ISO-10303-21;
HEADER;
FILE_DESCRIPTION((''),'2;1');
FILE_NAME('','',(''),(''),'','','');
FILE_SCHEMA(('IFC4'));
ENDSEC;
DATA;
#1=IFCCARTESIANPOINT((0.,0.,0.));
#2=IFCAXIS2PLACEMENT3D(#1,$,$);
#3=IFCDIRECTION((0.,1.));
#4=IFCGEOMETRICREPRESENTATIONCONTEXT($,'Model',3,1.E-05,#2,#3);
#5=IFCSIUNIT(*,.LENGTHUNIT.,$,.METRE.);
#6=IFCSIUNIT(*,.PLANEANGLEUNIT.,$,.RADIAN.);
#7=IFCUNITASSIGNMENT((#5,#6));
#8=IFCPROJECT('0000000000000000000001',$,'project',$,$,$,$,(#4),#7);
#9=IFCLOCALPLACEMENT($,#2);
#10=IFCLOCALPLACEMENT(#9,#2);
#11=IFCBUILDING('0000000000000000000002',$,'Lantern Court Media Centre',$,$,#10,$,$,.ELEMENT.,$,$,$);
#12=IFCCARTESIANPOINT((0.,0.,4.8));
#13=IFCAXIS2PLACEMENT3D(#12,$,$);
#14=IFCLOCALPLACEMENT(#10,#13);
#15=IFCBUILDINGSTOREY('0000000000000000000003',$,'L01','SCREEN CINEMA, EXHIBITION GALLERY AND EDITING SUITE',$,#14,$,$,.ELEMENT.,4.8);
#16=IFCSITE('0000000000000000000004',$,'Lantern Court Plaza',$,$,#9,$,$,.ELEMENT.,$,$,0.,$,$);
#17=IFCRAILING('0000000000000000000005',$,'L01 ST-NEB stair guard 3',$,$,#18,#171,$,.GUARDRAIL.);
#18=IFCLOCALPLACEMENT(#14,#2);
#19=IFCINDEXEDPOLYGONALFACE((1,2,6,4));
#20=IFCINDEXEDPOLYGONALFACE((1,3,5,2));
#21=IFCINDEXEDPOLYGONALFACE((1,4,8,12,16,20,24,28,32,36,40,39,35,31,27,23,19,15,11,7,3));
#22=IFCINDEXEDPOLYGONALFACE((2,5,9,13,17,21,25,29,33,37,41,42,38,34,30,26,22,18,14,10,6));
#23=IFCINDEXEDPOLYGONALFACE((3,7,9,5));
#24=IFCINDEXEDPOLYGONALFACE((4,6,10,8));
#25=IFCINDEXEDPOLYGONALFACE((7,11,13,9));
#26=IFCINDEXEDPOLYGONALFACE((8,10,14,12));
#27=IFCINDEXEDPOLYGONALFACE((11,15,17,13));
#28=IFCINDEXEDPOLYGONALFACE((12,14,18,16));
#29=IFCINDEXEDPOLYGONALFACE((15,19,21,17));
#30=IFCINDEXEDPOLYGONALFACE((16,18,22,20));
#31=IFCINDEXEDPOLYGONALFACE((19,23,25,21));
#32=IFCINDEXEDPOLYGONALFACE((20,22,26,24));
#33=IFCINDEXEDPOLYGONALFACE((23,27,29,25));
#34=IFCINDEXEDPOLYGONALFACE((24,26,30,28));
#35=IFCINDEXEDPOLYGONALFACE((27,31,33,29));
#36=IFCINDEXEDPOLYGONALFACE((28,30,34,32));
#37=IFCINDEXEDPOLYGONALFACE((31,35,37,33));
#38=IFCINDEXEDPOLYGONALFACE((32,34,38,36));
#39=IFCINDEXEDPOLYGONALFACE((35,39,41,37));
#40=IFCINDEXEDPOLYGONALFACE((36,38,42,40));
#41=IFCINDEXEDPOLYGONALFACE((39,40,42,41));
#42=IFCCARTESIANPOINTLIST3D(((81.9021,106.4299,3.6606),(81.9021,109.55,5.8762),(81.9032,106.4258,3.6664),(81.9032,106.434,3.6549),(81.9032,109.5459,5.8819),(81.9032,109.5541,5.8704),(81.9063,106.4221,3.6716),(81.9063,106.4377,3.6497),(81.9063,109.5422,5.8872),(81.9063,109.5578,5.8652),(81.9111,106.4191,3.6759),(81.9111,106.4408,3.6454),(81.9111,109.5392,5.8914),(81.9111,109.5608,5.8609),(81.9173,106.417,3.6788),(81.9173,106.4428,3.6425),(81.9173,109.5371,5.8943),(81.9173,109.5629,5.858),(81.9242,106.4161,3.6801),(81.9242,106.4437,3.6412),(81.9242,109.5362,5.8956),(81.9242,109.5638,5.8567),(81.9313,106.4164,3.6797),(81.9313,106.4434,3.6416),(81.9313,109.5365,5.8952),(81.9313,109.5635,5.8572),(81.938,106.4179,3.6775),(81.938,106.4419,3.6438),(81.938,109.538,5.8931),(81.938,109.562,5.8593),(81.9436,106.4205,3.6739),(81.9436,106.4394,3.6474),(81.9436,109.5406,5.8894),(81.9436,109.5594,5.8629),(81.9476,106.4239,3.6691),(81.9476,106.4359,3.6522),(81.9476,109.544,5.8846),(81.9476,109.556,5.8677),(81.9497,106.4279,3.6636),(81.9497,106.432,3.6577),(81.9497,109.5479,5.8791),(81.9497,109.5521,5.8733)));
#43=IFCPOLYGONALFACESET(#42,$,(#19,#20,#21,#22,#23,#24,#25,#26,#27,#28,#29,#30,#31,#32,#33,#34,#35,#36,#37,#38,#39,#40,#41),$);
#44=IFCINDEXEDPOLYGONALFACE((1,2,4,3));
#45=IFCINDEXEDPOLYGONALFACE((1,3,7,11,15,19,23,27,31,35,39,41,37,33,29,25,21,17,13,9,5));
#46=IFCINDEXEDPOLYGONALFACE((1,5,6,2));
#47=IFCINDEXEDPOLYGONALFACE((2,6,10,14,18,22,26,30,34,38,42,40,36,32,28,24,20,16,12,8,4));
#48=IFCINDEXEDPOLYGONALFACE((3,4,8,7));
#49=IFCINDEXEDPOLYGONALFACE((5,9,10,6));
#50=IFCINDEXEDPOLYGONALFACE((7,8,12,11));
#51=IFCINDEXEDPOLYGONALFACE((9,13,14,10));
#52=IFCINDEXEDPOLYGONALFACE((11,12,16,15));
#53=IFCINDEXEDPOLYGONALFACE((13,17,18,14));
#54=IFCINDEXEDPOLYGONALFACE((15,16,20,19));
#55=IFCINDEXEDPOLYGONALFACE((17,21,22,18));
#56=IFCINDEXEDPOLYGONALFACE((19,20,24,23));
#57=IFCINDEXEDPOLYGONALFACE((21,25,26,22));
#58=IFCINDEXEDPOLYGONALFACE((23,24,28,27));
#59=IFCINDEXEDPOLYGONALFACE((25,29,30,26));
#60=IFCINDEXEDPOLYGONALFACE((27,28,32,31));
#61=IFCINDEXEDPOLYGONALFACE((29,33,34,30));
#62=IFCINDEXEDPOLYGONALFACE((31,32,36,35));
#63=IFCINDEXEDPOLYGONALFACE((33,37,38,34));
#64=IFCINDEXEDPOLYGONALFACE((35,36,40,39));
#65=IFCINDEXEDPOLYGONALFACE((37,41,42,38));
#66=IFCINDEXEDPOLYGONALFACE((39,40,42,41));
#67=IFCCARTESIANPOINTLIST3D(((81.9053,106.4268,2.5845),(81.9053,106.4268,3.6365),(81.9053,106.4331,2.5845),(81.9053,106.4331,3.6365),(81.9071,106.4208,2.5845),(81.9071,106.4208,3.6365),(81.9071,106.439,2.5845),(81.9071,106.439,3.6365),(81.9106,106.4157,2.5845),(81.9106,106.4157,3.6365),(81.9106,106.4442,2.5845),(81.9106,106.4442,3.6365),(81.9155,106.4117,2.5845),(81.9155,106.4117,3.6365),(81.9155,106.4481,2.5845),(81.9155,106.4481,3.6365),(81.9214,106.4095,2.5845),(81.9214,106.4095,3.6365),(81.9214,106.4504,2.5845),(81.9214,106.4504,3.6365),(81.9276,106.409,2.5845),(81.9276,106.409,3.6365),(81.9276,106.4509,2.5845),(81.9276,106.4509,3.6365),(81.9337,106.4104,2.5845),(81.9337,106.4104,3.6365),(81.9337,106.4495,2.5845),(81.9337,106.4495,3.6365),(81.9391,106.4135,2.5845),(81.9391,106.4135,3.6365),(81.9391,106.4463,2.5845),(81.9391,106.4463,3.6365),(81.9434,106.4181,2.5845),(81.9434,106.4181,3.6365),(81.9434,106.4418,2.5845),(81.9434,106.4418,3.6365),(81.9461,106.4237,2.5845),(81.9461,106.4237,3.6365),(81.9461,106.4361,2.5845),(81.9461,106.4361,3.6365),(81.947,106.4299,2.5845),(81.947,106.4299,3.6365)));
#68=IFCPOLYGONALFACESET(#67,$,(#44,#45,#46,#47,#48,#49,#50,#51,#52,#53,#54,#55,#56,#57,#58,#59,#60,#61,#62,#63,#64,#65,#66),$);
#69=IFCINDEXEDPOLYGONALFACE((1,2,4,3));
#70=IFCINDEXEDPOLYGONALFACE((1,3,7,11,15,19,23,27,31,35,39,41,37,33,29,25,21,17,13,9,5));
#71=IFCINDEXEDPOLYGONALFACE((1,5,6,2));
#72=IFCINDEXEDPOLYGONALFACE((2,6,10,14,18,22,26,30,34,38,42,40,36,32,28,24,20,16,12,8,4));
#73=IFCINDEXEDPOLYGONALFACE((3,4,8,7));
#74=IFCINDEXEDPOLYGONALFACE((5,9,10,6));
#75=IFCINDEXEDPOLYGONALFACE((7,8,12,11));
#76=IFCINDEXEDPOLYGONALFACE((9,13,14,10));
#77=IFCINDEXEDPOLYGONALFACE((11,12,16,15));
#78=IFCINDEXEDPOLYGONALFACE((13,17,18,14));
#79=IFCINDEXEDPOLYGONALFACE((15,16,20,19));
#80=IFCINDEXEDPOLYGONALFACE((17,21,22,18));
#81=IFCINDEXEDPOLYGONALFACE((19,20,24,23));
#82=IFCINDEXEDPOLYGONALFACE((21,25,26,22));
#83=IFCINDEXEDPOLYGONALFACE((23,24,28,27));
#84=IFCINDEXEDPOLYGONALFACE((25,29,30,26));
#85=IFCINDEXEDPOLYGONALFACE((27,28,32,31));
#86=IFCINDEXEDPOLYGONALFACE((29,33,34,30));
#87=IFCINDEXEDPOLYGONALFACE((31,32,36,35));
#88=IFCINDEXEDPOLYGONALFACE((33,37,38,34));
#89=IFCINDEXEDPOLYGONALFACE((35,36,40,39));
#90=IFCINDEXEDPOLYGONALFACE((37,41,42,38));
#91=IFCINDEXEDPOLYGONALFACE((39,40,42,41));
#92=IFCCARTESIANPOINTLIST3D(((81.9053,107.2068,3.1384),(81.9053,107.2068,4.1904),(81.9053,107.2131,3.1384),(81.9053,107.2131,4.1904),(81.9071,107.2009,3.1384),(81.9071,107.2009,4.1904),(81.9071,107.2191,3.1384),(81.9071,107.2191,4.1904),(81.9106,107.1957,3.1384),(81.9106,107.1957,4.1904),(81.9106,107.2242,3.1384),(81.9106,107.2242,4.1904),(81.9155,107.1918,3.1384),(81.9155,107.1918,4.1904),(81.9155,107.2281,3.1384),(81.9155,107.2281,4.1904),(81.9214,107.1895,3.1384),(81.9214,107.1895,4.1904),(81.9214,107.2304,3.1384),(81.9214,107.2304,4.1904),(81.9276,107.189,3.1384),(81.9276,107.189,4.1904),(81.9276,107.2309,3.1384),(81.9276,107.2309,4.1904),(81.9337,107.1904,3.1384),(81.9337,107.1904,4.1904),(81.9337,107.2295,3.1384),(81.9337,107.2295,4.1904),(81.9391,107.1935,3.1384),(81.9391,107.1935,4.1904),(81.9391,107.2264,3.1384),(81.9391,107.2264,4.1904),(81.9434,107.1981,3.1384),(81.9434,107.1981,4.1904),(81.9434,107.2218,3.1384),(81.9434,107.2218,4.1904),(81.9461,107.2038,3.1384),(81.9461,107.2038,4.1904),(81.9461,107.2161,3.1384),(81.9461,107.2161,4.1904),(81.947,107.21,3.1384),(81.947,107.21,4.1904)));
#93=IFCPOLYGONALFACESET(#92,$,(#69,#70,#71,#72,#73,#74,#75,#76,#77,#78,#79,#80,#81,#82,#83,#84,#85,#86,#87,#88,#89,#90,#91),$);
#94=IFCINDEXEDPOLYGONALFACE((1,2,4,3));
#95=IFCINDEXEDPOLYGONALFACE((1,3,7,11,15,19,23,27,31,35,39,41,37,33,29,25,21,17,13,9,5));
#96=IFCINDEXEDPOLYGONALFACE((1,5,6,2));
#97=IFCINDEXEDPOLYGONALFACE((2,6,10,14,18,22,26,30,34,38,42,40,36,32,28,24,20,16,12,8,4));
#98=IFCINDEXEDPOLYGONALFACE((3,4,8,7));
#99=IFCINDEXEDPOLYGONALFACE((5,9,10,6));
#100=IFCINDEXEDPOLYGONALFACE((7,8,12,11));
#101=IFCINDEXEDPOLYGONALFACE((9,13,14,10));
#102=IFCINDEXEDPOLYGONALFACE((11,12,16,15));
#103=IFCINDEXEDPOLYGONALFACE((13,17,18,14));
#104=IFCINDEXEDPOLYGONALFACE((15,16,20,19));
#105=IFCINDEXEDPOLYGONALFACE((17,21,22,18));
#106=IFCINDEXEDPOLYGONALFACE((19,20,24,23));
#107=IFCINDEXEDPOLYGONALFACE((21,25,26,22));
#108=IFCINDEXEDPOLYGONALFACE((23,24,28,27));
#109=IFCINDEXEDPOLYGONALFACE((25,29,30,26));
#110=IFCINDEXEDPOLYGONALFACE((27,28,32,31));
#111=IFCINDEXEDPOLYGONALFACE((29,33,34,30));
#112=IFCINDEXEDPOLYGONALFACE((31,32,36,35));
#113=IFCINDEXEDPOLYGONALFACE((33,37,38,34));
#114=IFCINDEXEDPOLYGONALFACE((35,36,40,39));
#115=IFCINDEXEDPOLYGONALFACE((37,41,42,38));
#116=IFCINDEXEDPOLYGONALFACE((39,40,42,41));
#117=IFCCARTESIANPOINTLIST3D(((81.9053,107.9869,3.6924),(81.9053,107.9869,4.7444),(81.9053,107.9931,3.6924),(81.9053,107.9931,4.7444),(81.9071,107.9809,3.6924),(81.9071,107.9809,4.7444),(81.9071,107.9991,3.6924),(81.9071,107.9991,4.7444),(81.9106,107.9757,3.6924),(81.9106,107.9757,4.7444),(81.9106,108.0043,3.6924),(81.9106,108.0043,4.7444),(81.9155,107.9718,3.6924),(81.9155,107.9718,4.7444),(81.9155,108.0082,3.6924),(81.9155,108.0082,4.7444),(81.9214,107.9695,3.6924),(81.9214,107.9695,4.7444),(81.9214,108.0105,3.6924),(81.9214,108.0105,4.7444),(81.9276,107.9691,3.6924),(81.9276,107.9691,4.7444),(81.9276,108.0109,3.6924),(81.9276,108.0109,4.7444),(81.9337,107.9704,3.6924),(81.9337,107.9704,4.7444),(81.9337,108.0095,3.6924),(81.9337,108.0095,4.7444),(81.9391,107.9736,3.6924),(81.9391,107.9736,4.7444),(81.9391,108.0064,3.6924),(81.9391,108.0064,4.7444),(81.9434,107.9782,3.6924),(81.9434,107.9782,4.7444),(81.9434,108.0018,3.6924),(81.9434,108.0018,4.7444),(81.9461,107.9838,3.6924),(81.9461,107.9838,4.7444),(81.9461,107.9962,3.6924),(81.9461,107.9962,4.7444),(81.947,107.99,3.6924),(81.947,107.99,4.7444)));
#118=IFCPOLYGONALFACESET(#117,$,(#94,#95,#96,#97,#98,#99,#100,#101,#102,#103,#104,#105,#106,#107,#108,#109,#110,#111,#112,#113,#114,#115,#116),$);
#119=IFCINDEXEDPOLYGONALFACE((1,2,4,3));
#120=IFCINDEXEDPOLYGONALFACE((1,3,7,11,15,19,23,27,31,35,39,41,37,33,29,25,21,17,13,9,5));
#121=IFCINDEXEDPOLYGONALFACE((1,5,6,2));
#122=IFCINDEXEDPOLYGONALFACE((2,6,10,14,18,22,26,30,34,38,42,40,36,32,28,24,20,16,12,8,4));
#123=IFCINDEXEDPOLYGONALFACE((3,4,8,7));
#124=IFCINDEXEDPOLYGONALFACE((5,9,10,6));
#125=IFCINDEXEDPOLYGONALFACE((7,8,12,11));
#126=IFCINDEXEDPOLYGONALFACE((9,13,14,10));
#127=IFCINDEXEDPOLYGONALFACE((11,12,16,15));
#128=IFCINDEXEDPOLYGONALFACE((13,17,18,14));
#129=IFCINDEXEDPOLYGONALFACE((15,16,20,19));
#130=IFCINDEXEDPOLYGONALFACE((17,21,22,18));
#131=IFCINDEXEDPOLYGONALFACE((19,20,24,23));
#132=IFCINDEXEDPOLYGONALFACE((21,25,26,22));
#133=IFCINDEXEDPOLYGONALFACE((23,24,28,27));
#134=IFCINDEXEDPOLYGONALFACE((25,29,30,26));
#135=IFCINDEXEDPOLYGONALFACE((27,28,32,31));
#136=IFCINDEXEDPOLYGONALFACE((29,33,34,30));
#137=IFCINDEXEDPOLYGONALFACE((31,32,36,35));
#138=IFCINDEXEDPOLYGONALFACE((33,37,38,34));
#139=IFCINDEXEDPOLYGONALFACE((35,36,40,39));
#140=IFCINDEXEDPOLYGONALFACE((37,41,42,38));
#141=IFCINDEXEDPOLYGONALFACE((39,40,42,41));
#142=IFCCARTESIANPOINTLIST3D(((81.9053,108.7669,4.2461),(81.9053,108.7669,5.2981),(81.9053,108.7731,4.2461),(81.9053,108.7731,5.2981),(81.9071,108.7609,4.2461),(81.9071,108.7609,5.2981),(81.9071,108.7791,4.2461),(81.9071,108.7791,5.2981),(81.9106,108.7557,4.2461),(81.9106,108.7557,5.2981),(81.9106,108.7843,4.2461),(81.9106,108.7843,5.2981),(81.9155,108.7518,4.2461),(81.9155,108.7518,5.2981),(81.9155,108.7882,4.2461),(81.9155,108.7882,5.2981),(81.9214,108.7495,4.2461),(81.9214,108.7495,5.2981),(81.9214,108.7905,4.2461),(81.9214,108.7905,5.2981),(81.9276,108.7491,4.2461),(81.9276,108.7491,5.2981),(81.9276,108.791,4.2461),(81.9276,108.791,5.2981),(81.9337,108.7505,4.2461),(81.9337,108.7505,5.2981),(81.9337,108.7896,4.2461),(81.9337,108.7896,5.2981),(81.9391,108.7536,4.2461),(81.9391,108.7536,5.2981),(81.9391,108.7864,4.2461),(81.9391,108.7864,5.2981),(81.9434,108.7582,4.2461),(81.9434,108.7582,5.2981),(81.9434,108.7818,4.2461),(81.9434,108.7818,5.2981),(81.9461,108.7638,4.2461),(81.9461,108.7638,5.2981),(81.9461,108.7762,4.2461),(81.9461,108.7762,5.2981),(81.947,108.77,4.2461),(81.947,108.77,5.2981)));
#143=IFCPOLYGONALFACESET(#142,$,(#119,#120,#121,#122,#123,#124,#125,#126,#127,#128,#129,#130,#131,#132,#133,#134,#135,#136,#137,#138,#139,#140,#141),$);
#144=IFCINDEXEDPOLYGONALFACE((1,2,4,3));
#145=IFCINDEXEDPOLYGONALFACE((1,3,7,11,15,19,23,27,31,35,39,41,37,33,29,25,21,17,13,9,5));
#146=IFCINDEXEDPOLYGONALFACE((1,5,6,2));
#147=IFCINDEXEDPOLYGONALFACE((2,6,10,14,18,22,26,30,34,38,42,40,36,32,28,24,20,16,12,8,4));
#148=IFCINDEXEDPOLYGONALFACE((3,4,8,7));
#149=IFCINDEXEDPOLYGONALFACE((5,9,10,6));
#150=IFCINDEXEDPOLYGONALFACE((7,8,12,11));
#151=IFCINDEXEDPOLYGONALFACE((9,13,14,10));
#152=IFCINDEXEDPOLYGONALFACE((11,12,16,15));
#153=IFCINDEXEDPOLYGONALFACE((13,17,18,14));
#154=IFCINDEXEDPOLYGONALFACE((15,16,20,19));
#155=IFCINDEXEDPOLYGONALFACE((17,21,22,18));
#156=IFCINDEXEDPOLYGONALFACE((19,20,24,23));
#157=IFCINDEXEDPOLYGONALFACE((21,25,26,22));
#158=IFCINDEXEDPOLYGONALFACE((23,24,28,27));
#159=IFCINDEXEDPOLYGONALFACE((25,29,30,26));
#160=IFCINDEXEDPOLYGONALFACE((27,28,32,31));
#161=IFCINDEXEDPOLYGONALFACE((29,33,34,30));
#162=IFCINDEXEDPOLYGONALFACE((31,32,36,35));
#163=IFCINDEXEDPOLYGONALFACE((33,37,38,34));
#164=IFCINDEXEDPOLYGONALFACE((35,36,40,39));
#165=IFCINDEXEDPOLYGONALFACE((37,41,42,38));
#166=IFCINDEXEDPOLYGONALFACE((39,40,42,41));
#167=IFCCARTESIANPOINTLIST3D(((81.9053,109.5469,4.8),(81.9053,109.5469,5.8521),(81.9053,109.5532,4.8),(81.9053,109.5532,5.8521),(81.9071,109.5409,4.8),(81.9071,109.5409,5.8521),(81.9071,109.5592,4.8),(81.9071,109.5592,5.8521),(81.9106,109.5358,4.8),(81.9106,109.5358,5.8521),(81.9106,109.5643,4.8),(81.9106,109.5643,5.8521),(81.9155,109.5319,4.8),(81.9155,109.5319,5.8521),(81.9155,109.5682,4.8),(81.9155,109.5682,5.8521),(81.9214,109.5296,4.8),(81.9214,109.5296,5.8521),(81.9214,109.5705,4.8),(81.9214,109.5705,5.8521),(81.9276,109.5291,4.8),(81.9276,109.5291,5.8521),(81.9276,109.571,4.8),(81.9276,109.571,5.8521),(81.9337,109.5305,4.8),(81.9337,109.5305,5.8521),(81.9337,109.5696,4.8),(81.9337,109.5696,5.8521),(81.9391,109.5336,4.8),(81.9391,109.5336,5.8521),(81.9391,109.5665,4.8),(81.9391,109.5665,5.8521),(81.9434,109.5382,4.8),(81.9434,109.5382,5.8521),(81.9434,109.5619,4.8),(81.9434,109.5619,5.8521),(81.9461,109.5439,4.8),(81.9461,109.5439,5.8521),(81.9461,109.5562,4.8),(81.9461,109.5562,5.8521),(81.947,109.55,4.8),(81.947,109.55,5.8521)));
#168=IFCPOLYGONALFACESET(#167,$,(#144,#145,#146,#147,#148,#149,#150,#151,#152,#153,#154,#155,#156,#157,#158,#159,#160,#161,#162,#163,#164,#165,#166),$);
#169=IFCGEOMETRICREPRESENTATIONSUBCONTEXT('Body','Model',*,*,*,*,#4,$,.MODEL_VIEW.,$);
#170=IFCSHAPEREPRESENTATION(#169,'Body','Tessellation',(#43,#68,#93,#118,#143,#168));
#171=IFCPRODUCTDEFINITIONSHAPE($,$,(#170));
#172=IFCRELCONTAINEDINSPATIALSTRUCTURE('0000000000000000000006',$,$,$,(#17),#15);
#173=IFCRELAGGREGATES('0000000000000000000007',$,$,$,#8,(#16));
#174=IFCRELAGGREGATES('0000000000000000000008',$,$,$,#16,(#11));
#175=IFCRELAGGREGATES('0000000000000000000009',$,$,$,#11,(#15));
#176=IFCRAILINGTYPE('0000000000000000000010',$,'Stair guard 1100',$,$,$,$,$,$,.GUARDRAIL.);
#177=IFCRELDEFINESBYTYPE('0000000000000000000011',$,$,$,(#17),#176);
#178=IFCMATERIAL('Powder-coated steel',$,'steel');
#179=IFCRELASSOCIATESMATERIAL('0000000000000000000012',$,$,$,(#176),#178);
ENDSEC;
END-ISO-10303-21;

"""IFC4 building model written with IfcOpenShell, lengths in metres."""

from ifc_helpers import new_model, si_unit, direction, frame, origin, origin_2d, place, context, subcontext, project, spatial, circle, extrude, material, type_object, element, save


model = new_model("IFC4")

# Units and contexts
model_context = context("Model", 3, precision=1e-05, world=origin(), true_north=direction((0.0, 1.0)))
body_context = subcontext(model_context, "Body", "Model", "MODEL_VIEW")
ifc_project = project(units=[si_unit("LENGTHUNIT", "METRE"), si_unit("PLANEANGLEUNIT", "RADIAN")], contexts=[model_context])

# Site, building, storey
site_placement = place(None, origin())
site = spatial("IfcSite", under=ifc_project, at=site_placement, Name="Lantern Court Plaza", CompositionType="ELEMENT", RefElevation=0.0)
building_placement = place(site_placement, origin())
building = spatial("IfcBuilding", under=site, at=building_placement, Name="Lantern Court Media Centre", CompositionType="ELEMENT")
storey_placement = place(building_placement, frame((0.0, 0.0, 4.8)))
storey = spatial("IfcBuildingStorey", under=building, at=storey_placement, Name="L01", Description="SCREEN CINEMA, EXHIBITION GALLERY AND EDITING SUITE", CompositionType="ELEMENT", Elevation=4.8)

# Shared definitions
ifc_material_1 = material(Name="Powder-coated steel", Category="steel")

# Railing
railing_type_1 = type_object("IfcRailingType", Name="Stair guard 1100", PredefinedType="GUARDRAIL", material=ifc_material_1)
railing_1_placement = place(storey_placement, frame((81.926, 106.4299, 2.5845)))
element("IfcRailing", 1, at=railing_1_placement, inside=storey, type_object=railing_type_1, Name="L01 ST-NEB stair guard 3", PredefinedType="GUARDRAIL", context=body_context, shape_type="SweptSolid", body=[
    extrude(circle(Radius=0.0239, at=origin_2d()), frame((0.0, 0.0, 1.0762), z_axis=(0.0, 0.815347, 0.578973), x_axis=(-1.0, 0.0, 0.0)), (0.0, 0.0, 1.0), 3.8267),
    extrude(circle(Radius=0.021, at=origin_2d()), origin(), (0.0, 0.0, 1.0), 1.052),
    extrude(circle(Radius=0.021, at=origin_2d()), frame((0.0, 0.78, 0.554)), (0.0, 0.0, 1.0), 1.052),
    extrude(circle(Radius=0.021, at=origin_2d()), frame((0.0, 1.5601, 1.1079)), (0.0, 0.0, 1.0), 1.052),
    extrude(circle(Radius=0.021, at=origin_2d()), frame((0.0, 2.3401, 1.6616)), (0.0, 0.0, 1.0), 1.052),
    extrude(circle(Radius=0.021, at=origin_2d()), frame((0.0, 3.1201, 2.2156)), (0.0, 0.0, 1.0), 1.052),
])

save(model, "model.ifc")
